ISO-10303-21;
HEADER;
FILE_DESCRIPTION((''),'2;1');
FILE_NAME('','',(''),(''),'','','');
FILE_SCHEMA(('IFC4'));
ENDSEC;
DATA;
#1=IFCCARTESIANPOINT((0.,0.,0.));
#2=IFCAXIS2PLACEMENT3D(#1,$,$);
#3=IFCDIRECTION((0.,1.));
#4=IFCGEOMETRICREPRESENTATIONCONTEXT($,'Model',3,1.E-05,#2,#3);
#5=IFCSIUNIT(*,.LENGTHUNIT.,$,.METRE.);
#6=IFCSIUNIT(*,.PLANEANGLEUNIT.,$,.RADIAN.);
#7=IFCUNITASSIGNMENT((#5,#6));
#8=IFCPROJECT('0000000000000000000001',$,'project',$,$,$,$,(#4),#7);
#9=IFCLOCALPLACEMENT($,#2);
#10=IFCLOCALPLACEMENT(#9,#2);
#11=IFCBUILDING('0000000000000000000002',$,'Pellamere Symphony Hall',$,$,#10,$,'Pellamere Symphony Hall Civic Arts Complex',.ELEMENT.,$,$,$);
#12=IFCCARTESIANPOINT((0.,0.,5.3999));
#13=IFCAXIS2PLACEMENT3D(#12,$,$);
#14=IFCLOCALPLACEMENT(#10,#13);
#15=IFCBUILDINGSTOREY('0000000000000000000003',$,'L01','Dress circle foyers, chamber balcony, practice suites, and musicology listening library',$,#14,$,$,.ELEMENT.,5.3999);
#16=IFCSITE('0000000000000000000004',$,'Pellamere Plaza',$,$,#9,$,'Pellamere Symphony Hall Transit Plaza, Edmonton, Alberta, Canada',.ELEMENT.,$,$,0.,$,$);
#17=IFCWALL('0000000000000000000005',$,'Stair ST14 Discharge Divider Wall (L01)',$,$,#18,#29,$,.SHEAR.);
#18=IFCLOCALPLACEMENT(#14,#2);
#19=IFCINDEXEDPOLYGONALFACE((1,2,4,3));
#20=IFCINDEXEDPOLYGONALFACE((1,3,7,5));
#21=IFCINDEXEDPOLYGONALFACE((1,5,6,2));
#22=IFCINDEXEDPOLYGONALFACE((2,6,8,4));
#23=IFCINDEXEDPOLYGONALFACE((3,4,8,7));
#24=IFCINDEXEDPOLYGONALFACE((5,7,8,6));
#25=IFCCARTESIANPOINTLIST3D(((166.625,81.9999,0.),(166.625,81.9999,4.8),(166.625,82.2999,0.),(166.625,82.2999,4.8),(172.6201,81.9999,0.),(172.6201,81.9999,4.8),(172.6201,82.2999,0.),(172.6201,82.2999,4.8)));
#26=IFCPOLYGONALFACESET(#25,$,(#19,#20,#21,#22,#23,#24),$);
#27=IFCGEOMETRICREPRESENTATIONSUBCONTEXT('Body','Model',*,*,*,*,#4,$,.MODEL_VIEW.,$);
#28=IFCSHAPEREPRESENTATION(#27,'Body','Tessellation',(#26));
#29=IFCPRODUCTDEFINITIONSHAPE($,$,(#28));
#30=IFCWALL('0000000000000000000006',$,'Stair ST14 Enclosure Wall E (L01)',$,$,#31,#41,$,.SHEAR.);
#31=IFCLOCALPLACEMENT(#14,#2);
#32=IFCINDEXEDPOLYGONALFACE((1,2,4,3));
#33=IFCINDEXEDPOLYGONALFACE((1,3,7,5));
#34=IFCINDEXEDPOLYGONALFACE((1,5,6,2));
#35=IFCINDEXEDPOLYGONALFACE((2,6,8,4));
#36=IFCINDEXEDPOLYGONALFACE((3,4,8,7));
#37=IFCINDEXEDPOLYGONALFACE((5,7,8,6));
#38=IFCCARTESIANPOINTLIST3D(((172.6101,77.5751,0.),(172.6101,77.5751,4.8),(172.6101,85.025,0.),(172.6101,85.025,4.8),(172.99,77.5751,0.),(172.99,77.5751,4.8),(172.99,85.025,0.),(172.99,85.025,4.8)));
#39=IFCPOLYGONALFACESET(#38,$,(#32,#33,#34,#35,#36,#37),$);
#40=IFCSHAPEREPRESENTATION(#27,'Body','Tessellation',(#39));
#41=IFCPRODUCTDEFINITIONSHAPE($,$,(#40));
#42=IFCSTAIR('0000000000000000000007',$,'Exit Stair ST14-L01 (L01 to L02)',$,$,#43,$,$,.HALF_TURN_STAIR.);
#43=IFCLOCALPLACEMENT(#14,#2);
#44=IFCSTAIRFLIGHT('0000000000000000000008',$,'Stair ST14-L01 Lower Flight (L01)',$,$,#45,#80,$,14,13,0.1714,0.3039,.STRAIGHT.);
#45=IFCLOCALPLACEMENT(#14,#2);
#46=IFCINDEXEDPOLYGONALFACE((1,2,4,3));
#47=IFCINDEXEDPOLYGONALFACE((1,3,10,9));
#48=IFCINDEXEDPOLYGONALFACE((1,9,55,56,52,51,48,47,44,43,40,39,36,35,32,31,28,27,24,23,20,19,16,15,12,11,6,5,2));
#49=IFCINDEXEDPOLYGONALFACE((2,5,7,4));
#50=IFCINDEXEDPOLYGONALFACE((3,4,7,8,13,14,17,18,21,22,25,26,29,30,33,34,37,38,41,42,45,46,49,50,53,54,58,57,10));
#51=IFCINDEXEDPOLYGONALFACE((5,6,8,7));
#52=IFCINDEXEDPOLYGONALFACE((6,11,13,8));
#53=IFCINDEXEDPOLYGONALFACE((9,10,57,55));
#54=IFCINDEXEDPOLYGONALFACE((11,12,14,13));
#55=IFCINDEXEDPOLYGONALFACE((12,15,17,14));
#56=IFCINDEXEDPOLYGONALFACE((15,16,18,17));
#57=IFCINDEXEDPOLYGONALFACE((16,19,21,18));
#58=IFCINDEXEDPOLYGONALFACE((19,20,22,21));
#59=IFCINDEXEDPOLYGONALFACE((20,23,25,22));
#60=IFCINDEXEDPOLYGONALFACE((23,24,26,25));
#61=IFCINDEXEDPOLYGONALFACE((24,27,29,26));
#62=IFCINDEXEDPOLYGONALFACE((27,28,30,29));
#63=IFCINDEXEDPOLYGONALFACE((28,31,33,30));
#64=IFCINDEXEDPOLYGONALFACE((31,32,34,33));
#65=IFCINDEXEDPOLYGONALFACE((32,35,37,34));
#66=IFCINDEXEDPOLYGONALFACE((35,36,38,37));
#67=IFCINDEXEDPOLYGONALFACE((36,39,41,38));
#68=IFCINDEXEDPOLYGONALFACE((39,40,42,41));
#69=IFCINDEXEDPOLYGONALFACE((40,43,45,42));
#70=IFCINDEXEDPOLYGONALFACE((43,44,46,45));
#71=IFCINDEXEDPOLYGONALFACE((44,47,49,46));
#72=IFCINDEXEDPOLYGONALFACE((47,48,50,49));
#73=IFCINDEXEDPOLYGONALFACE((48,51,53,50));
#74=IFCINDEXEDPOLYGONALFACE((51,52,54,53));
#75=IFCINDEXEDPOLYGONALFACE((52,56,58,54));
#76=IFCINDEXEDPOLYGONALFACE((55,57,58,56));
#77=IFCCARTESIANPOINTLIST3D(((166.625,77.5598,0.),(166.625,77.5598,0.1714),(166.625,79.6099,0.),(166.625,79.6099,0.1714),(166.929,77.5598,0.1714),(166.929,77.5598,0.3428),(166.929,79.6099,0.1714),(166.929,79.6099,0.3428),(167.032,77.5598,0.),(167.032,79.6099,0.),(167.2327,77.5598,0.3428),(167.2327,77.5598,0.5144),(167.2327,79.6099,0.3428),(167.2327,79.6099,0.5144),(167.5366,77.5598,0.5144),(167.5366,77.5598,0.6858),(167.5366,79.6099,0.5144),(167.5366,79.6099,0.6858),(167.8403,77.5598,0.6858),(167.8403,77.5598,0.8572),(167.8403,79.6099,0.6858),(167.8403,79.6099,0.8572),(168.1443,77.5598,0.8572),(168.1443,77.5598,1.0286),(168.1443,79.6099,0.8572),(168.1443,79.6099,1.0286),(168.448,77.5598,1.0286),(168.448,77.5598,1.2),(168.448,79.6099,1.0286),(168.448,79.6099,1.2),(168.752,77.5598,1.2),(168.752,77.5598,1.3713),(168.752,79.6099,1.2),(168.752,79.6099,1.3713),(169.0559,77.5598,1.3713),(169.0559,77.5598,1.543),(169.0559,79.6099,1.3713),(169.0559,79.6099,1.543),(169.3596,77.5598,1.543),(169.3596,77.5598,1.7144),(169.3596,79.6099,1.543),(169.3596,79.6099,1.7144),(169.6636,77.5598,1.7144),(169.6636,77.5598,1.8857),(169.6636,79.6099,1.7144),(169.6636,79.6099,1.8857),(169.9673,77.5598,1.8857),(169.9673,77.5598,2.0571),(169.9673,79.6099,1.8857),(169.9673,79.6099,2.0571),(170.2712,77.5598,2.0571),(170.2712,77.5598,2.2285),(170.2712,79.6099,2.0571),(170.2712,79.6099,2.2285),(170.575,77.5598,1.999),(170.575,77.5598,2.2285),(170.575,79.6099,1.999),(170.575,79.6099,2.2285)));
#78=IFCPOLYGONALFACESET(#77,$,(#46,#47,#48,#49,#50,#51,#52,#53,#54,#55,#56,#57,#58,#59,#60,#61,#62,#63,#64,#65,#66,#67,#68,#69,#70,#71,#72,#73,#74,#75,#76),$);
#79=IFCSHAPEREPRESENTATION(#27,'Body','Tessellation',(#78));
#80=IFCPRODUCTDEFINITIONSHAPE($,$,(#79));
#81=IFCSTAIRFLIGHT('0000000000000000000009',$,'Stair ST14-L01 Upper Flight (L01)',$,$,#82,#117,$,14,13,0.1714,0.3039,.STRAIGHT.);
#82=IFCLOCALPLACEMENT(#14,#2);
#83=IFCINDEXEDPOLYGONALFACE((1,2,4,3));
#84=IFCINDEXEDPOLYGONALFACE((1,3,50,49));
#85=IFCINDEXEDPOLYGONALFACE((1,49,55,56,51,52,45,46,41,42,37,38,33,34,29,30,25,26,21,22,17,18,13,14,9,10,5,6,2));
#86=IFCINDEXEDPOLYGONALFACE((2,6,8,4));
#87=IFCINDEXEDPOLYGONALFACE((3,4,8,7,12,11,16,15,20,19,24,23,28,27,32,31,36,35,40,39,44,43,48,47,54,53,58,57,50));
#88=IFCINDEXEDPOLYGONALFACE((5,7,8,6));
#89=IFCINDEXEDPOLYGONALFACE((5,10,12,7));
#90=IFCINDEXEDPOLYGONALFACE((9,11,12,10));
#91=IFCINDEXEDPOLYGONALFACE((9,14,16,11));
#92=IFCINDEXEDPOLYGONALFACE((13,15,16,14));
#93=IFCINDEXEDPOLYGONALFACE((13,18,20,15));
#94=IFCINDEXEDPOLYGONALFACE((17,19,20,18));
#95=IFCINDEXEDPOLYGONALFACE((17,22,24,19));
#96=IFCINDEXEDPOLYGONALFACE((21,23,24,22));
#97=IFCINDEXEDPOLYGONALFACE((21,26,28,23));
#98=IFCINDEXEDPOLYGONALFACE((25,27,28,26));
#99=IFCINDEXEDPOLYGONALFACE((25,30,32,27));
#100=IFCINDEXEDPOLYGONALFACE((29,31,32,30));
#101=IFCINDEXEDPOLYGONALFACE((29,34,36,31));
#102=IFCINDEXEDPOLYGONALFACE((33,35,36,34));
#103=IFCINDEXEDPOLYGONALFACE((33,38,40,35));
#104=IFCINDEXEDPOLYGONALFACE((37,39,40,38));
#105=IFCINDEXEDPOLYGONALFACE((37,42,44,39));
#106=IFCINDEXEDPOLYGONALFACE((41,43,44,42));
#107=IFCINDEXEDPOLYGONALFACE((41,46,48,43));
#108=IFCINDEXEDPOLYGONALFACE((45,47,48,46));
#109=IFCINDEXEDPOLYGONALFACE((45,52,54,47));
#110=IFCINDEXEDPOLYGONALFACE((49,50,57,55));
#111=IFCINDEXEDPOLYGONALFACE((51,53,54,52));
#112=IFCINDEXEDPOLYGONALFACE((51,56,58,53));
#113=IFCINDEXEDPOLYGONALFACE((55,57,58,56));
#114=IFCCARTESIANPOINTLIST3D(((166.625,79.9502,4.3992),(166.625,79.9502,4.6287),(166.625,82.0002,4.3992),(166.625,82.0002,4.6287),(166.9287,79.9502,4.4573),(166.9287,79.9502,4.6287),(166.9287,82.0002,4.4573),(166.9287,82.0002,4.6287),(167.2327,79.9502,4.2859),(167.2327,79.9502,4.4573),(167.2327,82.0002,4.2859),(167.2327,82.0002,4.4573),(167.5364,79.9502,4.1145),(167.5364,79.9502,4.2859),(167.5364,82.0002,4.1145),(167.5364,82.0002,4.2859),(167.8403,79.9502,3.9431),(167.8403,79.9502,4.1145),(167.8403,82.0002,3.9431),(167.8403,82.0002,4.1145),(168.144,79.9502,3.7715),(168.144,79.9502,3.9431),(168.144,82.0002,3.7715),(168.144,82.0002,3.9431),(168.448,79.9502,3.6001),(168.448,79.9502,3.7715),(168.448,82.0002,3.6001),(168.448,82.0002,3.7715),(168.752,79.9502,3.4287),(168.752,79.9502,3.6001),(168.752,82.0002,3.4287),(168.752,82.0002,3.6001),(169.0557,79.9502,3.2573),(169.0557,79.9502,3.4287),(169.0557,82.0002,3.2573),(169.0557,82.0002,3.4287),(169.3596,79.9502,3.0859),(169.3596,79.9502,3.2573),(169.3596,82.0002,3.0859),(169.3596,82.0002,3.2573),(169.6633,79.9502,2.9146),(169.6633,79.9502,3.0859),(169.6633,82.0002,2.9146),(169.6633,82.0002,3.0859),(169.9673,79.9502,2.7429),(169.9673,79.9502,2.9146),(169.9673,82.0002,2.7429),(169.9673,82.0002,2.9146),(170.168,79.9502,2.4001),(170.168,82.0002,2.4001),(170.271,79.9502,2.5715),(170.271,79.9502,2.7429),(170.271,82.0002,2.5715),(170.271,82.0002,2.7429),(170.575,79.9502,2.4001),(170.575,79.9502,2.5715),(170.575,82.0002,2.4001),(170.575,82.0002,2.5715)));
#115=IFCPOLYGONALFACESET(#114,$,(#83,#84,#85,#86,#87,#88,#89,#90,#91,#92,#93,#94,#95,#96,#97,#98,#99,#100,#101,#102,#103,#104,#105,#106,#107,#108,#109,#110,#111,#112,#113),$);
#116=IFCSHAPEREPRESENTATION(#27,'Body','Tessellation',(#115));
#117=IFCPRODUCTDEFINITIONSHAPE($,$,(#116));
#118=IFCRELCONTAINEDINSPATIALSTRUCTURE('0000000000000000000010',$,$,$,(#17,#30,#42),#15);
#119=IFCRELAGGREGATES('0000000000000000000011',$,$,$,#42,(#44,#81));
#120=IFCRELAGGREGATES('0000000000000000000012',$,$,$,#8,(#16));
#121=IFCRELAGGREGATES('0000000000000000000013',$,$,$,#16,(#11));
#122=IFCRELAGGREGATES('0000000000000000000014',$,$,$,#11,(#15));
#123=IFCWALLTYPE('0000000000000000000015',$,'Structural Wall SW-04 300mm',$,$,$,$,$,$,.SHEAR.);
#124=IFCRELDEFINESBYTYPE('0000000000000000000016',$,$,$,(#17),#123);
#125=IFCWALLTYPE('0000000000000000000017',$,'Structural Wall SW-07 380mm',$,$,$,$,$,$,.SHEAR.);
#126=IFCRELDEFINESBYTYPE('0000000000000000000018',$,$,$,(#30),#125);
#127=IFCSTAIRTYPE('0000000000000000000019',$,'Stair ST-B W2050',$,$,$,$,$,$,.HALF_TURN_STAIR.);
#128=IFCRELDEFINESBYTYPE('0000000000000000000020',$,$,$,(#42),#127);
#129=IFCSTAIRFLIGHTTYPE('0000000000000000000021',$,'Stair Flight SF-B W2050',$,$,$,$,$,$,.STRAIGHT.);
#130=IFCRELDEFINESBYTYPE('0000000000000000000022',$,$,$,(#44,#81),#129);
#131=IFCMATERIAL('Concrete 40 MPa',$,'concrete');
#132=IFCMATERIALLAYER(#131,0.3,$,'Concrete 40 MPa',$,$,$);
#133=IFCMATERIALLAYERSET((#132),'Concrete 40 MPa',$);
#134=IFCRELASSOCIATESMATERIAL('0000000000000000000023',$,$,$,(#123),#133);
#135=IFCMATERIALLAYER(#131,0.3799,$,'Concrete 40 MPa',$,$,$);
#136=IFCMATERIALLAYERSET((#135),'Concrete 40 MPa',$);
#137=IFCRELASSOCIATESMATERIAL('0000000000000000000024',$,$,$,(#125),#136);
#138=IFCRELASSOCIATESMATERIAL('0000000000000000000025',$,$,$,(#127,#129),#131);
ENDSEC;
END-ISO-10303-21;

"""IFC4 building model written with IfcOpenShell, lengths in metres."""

from ifc_helpers import new_model, si_unit, direction, frame, frame_2d, origin, place, context, subcontext, project, spatial, polyline, rectangle, outline, extrude, material, layer, layer_set, type_object, element, aggregate, save


model = new_model("IFC4")

# Units and contexts
model_context = context("Model", 3, precision=1e-05, world=origin(), true_north=direction((0.0, 1.0)))
body_context = subcontext(model_context, "Body", "Model", "MODEL_VIEW")
ifc_project = project(units=[si_unit("LENGTHUNIT", "METRE"), si_unit("PLANEANGLEUNIT", "RADIAN")], contexts=[model_context])

# Site, building, storey
site_placement = place(None, origin())
site = spatial("IfcSite", under=ifc_project, at=site_placement, Name="Pellamere Plaza", LongName="Pellamere Symphony Hall Transit Plaza, Edmonton, Alberta, Canada", CompositionType="ELEMENT", RefElevation=0.0)
building_placement = place(site_placement, origin())
building = spatial("IfcBuilding", under=site, at=building_placement, Name="Pellamere Symphony Hall", LongName="Pellamere Symphony Hall Civic Arts Complex", CompositionType="ELEMENT")
storey_placement = place(building_placement, frame((0.0, 0.0, 5.3999)))
storey = spatial("IfcBuildingStorey", under=building, at=storey_placement, Name="L01", Description="Dress circle foyers, chamber balcony, practice suites, and musicology listening library", CompositionType="ELEMENT", Elevation=5.3999)

# Shared definitions
ifc_material_1 = material(Name="Concrete 40 MPa", Category="concrete")

# Walls
ifc_layer_1 = layer(ifc_material_1, 0.3, Name="Concrete 40 MPa")
ifc_layer_set_1 = layer_set([ifc_layer_1], Name="Concrete 40 MPa")
wall_type_1 = type_object("IfcWallType", Name="Structural Wall SW-04 300mm", PredefinedType="SHEAR", material=ifc_layer_set_1)
wall_1_placement = place(storey_placement, frame((166.625, 82.1499, 0.0), z_axis=(0.0, 0.0, 1.0), x_axis=(1.0, 0.0, 0.0)))
element("IfcWall", 1, at=wall_1_placement, inside=storey, type_object=wall_type_1, Name="Stair ST14 Discharge Divider Wall (L01)", PredefinedType="SHEAR", context=body_context, shape_type="SweptSolid", body=[
    extrude(rectangle(XDim=5.9951, YDim=0.3, at=frame_2d((2.9976, 0.0))), origin(), (0.0, 0.0, 1.0), 4.8),
])
ifc_layer_2 = layer(ifc_material_1, 0.3799, Name="Concrete 40 MPa")
ifc_layer_set_2 = layer_set([ifc_layer_2], Name="Concrete 40 MPa")
wall_type_2 = type_object("IfcWallType", Name="Structural Wall SW-07 380mm", PredefinedType="SHEAR", material=ifc_layer_set_2)
wall_2_placement = place(storey_placement, frame((172.8, 77.575, 0.0), z_axis=(0.0, 0.0, 1.0), x_axis=(0.0, 1.0, 0.0)))
element("IfcWall", 2, at=wall_2_placement, inside=storey, type_object=wall_type_2, Name="Stair ST14 Enclosure Wall E (L01)", PredefinedType="SHEAR", context=body_context, shape_type="SweptSolid", body=[
    extrude(rectangle(XDim=7.45, YDim=0.3799, at=frame_2d((3.7251, 0.0))), origin(), (0.0, 0.0, 1.0), 4.8),
])

# Stair, stair flights
stair_type = type_object("IfcStairType", Name="Stair ST-B W2050", PredefinedType="HALF_TURN_STAIR", material=ifc_material_1)
stair_placement = place(storey_placement, origin())
stair = element("IfcStair", 3, at=stair_placement, inside=storey, type_object=stair_type, Name="Exit Stair ST14-L01 (L01 to L02)", PredefinedType="HALF_TURN_STAIR")
stair_flight_type = type_object("IfcStairFlightType", Name="Stair Flight SF-B W2050", PredefinedType="STRAIGHT", material=ifc_material_1)
stair_flight_1_placement = place(storey_placement, frame((166.625, 78.585, 0.0), z_axis=(0.0, 0.0, 1.0), x_axis=(1.0, 0.0, 0.0)))
stair_flight_1 = element("IfcStairFlight", 4, at=stair_flight_1_placement, type_object=stair_flight_type, Name="Stair ST14-L01 Lower Flight (L01)", NumberOfRisers=14, NumberOfTreads=13, PredefinedType="STRAIGHT", RiserHeight=0.1714, TreadLength=0.3039, context=body_context, shape_type="SweptSolid", body=[
    extrude(outline(polyline([(0.0, 0.0), (0.0, 0.1714), (0.304, 0.1714), (0.304, 0.3428), (0.6077, 0.3428), (0.6077, 0.5144), (0.9116, 0.5144), (0.9116, 0.6858), (1.2153, 0.6858), (1.2153, 0.8572), (1.5193, 0.8572), (1.5193, 1.0286), (1.823, 1.0286), (1.823, 1.2), (2.127, 1.2), (2.127, 1.3713), (2.4309, 1.3713), (2.4309, 1.543), (2.7346, 1.543), (2.7346, 1.7144), (3.0386, 1.7144), (3.0386, 1.8857), (3.3423, 1.8857), (3.3423, 2.0571), (3.6462, 2.0571), (3.6462, 2.2285), (3.95, 2.2285), (3.95, 2.3999), (3.95, 1.999), (0.407, 0.0), (0.0, 0.0)])), frame((0.0, 1.0249, 0.0), z_axis=(0.0, -1.0, 0.0), x_axis=(1.0, 0.0, 0.0)), (0.0, 0.0, 1.0), 2.05),
])
stair_flight_2_placement = place(storey_placement, frame((170.575, 80.9751, 2.4001), z_axis=(0.0, 0.0, 1.0), x_axis=(-1.0, 0.0, 0.0)))
stair_flight_2 = element("IfcStairFlight", 5, at=stair_flight_2_placement, type_object=stair_flight_type, Name="Stair ST14-L01 Upper Flight (L01)", NumberOfRisers=14, NumberOfTreads=13, PredefinedType="STRAIGHT", RiserHeight=0.1714, TreadLength=0.3039, context=body_context, shape_type="SweptSolid", body=[
    extrude(outline(polyline([(0.0, 0.0), (0.0, 0.1714), (0.304, 0.1714), (0.304, 0.3428), (0.6077, 0.3428), (0.6077, 0.5144), (0.9116, 0.5144), (0.9116, 0.6858), (1.2153, 0.6858), (1.2153, 0.8572), (1.5193, 0.8572), (1.5193, 1.0286), (1.823, 1.0286), (1.823, 1.2), (2.127, 1.2), (2.127, 1.3713), (2.4309, 1.3713), (2.4309, 1.543), (2.7346, 1.543), (2.7346, 1.7144), (3.0386, 1.7144), (3.0386, 1.8857), (3.3423, 1.8857), (3.3423, 2.0571), (3.6462, 2.0571), (3.6462, 2.2285), (3.95, 2.2285), (3.95, 2.3999), (3.95, 1.999), (0.407, 0.0), (0.0, 0.0)])), frame((0.0, 1.0249, 0.0), z_axis=(0.0, -1.0, 0.0), x_axis=(1.0, 0.0, 0.0)), (0.0, 0.0, 1.0), 2.05),
])
aggregate(stair, [stair_flight_1, stair_flight_2])

save(model, "model.ifc")
